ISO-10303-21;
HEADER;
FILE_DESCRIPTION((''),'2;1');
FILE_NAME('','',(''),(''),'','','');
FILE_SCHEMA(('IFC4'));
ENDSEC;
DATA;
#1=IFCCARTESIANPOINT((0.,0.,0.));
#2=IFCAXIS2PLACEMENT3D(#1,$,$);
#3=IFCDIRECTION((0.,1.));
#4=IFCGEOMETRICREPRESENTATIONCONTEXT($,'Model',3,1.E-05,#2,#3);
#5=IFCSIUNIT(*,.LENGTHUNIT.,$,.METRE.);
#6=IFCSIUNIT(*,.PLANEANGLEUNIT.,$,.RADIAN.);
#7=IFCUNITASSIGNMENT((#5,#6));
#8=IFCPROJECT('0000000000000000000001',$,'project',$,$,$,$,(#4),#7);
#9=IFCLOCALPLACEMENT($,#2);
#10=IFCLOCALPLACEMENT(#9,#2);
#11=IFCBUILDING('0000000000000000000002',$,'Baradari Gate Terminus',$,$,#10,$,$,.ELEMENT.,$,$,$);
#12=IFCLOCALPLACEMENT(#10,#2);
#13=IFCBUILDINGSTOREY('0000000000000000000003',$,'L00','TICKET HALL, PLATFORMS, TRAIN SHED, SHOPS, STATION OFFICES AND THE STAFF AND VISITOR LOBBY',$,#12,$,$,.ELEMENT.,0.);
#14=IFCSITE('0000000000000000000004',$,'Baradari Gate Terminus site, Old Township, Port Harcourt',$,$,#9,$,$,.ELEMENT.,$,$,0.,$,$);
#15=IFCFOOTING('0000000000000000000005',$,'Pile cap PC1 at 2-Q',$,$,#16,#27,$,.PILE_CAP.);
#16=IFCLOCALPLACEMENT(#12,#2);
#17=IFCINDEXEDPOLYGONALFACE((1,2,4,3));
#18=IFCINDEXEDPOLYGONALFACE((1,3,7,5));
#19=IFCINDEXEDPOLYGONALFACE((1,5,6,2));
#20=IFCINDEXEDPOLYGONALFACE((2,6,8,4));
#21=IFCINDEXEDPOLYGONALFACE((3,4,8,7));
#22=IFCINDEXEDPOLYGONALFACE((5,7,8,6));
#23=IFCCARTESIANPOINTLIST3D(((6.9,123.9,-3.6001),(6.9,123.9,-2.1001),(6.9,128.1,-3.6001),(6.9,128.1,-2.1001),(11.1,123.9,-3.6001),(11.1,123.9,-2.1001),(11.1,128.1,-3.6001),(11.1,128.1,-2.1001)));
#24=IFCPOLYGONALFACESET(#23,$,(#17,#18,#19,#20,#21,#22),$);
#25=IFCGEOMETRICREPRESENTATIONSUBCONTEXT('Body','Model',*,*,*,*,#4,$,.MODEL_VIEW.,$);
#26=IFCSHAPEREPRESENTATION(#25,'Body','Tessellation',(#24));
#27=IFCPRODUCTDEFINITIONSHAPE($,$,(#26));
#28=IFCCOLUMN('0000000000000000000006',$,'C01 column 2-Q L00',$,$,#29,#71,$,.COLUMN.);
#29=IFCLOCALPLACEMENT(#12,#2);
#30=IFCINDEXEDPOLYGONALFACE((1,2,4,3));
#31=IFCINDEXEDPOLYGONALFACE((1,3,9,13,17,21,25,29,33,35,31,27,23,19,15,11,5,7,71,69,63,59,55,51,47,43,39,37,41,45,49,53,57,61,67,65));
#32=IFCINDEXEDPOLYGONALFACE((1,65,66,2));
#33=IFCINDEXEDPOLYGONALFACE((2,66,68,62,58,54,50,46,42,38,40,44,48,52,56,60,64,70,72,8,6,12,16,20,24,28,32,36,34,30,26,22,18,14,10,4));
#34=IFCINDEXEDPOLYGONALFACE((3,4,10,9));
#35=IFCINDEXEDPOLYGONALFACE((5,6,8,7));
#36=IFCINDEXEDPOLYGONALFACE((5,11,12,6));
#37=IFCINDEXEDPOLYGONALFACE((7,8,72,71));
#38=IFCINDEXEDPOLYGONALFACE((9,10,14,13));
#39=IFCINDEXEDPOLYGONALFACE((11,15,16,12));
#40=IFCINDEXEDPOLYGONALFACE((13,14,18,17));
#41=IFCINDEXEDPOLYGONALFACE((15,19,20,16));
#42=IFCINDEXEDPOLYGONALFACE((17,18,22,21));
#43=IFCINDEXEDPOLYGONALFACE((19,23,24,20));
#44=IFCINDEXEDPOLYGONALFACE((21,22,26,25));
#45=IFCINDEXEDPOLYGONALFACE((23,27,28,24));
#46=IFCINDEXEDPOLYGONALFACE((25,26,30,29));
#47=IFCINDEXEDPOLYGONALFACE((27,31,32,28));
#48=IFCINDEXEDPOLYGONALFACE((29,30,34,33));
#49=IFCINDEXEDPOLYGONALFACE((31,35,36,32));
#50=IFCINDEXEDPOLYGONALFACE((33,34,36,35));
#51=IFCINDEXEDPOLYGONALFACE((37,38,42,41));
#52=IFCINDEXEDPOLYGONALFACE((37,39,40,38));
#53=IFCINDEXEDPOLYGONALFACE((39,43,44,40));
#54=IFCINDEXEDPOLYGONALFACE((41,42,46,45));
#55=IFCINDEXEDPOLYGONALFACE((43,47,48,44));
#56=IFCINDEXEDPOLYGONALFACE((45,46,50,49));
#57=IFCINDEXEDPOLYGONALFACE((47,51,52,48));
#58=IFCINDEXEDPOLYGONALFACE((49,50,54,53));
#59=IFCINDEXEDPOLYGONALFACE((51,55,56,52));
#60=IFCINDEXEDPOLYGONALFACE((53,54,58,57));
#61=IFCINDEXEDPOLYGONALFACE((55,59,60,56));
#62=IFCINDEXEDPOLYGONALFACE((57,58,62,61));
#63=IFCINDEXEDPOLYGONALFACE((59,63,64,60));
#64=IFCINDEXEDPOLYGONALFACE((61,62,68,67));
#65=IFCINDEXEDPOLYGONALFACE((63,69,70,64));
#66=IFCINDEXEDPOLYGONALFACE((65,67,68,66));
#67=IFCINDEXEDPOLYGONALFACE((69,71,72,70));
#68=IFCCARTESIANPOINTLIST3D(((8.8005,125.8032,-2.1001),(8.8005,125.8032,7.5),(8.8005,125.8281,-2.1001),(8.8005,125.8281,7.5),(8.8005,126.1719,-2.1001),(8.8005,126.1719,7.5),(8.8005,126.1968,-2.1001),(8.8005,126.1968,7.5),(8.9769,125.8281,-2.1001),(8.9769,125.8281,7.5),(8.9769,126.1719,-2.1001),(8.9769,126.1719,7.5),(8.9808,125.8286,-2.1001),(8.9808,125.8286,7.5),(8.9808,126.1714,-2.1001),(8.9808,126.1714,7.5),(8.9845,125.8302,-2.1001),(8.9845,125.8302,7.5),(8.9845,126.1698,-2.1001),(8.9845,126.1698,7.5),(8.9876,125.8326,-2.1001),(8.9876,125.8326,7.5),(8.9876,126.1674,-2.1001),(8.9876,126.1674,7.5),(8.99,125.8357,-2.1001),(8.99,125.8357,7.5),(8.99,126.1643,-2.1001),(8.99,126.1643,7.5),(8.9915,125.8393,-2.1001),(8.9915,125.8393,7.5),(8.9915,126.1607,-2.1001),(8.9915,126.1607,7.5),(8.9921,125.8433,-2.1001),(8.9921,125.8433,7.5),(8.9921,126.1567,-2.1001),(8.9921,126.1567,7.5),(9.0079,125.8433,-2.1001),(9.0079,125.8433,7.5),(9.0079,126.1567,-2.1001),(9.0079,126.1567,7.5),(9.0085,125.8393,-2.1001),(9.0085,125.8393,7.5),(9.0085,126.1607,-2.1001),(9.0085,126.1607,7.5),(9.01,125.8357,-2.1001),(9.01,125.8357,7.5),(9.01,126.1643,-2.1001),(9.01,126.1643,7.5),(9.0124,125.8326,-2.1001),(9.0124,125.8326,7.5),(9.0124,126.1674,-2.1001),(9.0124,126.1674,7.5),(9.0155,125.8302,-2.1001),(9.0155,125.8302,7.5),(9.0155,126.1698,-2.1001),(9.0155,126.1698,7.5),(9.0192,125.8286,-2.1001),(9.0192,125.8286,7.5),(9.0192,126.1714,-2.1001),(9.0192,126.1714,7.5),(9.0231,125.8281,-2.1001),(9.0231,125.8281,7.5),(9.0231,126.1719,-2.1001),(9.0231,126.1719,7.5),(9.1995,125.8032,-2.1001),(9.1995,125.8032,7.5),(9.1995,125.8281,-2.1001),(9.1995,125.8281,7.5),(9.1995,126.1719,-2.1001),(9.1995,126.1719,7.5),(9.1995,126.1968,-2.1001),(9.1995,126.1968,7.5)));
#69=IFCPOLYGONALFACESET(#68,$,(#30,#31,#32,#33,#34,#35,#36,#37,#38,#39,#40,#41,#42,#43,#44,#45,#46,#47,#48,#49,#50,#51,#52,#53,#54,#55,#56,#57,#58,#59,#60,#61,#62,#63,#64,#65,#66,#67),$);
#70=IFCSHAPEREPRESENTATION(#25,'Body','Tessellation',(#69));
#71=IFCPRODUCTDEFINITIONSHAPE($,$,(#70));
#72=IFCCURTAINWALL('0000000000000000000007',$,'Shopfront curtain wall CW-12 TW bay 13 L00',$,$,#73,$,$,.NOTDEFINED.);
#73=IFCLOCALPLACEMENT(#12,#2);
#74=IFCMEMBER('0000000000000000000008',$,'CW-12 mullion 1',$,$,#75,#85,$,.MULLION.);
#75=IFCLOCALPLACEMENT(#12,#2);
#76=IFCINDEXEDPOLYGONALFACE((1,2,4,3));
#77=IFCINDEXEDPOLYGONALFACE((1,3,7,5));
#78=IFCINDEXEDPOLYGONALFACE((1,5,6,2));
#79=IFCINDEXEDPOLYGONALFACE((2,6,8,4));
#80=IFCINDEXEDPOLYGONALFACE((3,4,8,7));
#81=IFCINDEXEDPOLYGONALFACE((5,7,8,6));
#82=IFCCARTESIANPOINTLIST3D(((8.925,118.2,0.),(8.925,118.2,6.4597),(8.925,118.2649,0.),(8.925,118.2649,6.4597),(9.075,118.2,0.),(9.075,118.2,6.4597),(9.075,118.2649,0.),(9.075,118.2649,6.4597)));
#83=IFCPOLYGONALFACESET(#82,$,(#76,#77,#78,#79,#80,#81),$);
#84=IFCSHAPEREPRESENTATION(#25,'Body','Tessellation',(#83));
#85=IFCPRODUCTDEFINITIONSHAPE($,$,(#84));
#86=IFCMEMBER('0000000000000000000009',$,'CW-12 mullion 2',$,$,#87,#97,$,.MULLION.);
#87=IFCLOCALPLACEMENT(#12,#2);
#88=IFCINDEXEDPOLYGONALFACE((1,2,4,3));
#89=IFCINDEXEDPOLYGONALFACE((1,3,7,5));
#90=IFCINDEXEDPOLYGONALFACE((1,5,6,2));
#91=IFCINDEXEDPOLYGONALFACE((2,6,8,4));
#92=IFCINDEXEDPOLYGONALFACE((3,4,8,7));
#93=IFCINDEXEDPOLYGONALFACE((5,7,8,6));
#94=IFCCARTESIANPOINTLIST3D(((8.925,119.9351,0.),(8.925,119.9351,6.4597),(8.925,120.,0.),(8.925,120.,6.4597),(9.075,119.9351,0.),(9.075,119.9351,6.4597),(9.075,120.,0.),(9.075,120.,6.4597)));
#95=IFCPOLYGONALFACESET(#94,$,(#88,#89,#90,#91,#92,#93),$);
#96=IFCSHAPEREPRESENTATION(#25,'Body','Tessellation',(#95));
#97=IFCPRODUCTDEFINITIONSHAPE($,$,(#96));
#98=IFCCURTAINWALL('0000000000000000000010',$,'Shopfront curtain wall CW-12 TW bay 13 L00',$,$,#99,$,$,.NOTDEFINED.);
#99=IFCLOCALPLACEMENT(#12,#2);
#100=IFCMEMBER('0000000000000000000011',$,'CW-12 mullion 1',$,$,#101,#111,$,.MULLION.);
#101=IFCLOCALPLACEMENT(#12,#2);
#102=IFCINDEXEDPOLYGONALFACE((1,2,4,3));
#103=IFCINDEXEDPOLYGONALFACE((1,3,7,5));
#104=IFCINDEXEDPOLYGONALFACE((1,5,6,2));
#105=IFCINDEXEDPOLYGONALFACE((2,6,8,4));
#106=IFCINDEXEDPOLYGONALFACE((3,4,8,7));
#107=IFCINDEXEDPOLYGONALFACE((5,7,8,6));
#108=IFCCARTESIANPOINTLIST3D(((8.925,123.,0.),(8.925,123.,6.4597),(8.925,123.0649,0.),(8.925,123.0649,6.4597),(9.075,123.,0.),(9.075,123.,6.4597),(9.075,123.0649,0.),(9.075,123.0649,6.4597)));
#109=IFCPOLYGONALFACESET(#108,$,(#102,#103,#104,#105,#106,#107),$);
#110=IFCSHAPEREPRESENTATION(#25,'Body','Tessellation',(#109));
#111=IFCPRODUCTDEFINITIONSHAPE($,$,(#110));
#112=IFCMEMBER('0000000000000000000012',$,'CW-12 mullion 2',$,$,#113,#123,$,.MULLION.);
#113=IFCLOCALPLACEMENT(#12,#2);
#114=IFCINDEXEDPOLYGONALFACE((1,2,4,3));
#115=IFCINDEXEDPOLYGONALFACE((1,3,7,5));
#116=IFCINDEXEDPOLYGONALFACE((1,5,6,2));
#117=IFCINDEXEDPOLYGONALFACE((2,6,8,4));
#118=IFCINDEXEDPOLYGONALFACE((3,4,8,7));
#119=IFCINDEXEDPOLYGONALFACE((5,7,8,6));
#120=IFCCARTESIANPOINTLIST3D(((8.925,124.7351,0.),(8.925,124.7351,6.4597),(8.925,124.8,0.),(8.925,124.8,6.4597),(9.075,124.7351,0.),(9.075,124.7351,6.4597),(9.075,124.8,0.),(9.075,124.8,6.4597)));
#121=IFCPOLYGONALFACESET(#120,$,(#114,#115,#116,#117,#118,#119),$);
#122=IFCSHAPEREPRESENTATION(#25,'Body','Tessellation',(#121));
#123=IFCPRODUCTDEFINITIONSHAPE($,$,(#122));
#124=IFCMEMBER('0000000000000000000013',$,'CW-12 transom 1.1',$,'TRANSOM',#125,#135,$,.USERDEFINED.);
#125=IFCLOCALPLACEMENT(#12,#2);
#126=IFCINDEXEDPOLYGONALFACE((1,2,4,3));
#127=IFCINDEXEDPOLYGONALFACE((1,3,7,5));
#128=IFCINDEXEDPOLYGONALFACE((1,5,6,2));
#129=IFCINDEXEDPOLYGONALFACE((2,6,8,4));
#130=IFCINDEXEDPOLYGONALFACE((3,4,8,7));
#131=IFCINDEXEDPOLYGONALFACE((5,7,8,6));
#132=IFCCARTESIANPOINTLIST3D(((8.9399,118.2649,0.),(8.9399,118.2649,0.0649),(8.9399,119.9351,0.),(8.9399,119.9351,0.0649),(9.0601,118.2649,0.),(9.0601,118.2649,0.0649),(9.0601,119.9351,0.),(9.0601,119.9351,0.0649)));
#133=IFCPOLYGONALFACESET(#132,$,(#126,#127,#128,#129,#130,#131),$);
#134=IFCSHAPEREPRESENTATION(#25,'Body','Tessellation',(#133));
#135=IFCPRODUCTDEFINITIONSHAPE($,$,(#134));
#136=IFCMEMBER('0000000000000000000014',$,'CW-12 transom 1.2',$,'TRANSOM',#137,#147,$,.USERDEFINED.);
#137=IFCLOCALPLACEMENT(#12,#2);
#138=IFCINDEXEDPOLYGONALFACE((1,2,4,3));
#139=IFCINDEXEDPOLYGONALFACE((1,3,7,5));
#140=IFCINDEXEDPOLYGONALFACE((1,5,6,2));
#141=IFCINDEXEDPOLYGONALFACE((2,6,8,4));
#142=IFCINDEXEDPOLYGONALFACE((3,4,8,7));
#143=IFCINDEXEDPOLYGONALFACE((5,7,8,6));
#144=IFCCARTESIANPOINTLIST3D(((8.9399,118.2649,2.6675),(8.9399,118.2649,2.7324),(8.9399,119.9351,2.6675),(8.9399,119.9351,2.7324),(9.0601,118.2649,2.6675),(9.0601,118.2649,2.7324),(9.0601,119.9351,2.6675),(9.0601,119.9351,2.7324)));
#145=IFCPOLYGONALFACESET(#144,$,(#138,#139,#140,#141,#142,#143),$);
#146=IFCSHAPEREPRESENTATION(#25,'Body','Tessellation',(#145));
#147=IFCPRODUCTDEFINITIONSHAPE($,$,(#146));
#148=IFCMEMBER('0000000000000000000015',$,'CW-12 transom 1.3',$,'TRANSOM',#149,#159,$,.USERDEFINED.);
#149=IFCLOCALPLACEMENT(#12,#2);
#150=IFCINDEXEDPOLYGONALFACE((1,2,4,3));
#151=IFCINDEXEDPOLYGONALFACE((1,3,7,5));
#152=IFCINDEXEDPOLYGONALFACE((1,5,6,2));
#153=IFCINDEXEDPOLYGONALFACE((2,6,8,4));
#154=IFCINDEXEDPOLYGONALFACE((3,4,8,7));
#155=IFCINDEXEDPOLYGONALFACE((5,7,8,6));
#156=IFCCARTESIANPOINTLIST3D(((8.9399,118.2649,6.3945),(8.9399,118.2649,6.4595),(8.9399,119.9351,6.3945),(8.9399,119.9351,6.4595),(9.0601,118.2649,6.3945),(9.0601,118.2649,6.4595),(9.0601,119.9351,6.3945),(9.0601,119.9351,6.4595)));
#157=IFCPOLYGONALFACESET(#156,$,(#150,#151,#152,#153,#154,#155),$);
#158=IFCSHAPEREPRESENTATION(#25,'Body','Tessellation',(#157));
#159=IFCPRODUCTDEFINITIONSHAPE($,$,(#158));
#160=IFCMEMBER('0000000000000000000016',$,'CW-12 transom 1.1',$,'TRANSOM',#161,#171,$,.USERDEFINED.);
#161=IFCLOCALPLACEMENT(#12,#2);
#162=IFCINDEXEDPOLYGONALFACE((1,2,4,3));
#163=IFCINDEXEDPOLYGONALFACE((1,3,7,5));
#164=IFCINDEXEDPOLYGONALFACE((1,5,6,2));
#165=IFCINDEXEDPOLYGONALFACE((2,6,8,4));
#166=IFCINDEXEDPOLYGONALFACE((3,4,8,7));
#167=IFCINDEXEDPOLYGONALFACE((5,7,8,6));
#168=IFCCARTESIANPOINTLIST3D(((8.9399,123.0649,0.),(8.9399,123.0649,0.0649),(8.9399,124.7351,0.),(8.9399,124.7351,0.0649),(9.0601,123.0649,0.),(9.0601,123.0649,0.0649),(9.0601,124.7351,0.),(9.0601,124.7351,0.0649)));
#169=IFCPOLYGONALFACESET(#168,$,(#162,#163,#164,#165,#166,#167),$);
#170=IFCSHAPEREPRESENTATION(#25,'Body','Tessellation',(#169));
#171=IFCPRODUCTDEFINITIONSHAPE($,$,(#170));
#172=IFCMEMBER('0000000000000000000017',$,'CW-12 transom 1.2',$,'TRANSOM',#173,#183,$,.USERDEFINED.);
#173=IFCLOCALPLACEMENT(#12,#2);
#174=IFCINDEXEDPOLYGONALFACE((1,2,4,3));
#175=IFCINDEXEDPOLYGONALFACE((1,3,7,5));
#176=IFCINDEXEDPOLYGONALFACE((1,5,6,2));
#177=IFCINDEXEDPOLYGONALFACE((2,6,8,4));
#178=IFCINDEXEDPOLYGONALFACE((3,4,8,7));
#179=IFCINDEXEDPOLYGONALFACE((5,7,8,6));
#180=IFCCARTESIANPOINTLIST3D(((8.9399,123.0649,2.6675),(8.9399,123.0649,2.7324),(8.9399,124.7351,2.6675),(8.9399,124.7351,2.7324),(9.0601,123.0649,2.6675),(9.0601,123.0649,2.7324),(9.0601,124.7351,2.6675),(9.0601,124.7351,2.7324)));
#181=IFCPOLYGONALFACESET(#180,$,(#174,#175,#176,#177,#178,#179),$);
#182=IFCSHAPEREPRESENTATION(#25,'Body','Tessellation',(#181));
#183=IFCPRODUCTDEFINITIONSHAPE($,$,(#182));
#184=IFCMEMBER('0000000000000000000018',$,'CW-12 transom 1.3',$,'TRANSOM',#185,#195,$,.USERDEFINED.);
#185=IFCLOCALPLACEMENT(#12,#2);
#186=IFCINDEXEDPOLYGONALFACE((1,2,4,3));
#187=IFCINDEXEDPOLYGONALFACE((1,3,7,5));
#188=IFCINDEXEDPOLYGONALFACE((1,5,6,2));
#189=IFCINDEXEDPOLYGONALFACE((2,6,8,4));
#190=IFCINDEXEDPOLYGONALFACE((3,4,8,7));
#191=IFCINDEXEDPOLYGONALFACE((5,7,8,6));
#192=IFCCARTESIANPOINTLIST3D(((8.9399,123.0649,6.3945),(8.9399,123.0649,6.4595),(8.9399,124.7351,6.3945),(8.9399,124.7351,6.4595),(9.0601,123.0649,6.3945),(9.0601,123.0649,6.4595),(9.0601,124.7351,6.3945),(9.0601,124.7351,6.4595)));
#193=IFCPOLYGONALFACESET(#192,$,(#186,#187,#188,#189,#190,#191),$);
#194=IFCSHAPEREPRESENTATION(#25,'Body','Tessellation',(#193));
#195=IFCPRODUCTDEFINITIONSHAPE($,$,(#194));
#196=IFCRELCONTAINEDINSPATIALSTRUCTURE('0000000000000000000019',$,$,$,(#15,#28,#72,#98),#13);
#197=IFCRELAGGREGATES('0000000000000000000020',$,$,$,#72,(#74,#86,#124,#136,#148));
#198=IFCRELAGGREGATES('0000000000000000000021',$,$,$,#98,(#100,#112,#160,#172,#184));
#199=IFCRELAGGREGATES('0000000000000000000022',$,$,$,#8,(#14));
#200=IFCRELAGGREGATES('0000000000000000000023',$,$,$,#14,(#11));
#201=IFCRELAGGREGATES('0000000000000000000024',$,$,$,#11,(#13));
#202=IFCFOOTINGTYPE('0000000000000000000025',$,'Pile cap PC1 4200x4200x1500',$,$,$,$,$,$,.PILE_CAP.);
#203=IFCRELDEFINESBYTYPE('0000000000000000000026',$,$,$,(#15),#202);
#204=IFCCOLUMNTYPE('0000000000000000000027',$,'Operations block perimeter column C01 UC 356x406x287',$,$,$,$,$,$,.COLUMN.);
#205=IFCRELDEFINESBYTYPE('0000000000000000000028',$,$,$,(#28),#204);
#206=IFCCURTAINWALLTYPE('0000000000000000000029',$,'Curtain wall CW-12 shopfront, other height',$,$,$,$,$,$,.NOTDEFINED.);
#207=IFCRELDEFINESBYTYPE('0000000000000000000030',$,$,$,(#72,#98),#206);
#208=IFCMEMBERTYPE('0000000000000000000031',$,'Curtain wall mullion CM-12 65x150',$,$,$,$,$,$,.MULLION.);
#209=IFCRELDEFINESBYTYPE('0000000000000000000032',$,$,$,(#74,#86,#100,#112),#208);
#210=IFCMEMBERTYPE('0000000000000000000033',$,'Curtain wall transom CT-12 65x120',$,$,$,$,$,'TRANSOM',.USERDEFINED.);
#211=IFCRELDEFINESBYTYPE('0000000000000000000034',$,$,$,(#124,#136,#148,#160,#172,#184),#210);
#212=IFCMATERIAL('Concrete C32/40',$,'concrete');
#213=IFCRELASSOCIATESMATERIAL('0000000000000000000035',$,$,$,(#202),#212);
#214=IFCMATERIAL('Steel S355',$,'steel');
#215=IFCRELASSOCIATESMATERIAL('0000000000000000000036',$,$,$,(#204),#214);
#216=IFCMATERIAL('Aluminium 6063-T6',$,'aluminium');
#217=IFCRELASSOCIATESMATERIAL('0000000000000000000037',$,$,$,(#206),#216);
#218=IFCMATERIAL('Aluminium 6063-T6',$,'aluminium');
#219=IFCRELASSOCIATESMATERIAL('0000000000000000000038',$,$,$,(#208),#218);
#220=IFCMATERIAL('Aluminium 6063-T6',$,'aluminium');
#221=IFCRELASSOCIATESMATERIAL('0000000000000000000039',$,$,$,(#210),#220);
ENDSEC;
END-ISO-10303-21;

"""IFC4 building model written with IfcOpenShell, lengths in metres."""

from ifc_helpers import new_model, si_unit, direction, frame, origin, origin_2d, place, context, subcontext, project, spatial, rectangle, i_section, extrude, material, material_profile, profile_set, type_object, element, aggregate, save


model = new_model("IFC4")

# Units and contexts
model_context = context("Model", 3, precision=1e-05, world=origin(), true_north=direction((0.0, 1.0)))
body_context = subcontext(model_context, "Body", "Model", "MODEL_VIEW")
ifc_project = project(units=[si_unit("LENGTHUNIT", "METRE"), si_unit("PLANEANGLEUNIT", "RADIAN")], contexts=[model_context])

# Site, building, storey
site_placement = place(None, origin())
site = spatial("IfcSite", under=ifc_project, at=site_placement, Name="Baradari Gate Terminus site, Old Township, Port Harcourt", CompositionType="ELEMENT", RefElevation=0.0)
building_placement = place(site_placement, origin())
building = spatial("IfcBuilding", under=site, at=building_placement, Name="Baradari Gate Terminus", CompositionType="ELEMENT")
storey_placement = place(building_placement, origin())
storey = spatial("IfcBuildingStorey", under=building, at=storey_placement, Name="L00", Description="TICKET HALL, PLATFORMS, TRAIN SHED, SHOPS, STATION OFFICES AND THE STAFF AND VISITOR LOBBY", CompositionType="ELEMENT", Elevation=0.0)

# Footing
ifc_material_1 = material(Name="Concrete C32/40", Category="concrete")
footing_type_1 = type_object("IfcFootingType", Name="Pile cap PC1 4200x4200x1500", PredefinedType="PILE_CAP", material=ifc_material_1)
footing_1_placement = place(storey_placement, frame((9.0, 126.0, -3.6001), z_axis=(0.0, 0.0, 1.0), x_axis=(1.0, 0.0, 0.0)))
element("IfcFooting", 1, at=footing_1_placement, inside=storey, type_object=footing_type_1, Name="Pile cap PC1 at 2-Q", PredefinedType="PILE_CAP", context=body_context, shape_type="SweptSolid", body=[
    extrude(rectangle(XDim=4.2, YDim=4.2, at=origin_2d()), origin(), (0.0, 0.0, 1.0), 1.5),
])

# Column
ifc_material_2 = material(Name="Steel S355", Category="steel")
ifc_material_profile_1 = material_profile(ifc_material_2, i_section(OverallWidth=0.3989, OverallDepth=0.3936, WebThickness=0.0159, FlangeThickness=0.0249, FilletRadius=0.0151, at=origin_2d()), Name="UC 356x406x287")
ifc_profile_set_1 = profile_set([ifc_material_profile_1], Name="Steel S355")
column_type = type_object("IfcColumnType", Name="Operations block perimeter column C01 UC 356x406x287", PredefinedType="COLUMN", material=ifc_profile_set_1)
column_placement = place(storey_placement, frame((9.0, 126.0, -2.1001), z_axis=(0.0, 0.0, 1.0), x_axis=(1.0, 0.0, 0.0)))
element("IfcColumn", 2, at=column_placement, inside=storey, type_object=column_type, Name="C01 column 2-Q L00", PredefinedType="COLUMN", context=body_context, shape_type="SweptSolid", body=[
    extrude(i_section(OverallWidth=0.3989, OverallDepth=0.3936, WebThickness=0.0159, FlangeThickness=0.0249, FilletRadius=0.0151, at=origin_2d()), origin(), (0.0, 0.0, 1.0), 9.6001),
])

# Curtain walls, members
ifc_material_3 = material(Name="Aluminium 6063-T6", Category="aluminium")
curtain_wall_type = type_object("IfcCurtainWallType", Name="Curtain wall CW-12 shopfront, other height", PredefinedType="NOTDEFINED", material=ifc_material_3)
curtain_wall_1_placement = place(storey_placement, origin())
curtain_wall_1 = element("IfcCurtainWall", 3, at=curtain_wall_1_placement, inside=storey, type_object=curtain_wall_type, Name="Shopfront curtain wall CW-12 TW bay 13 L00", PredefinedType="NOTDEFINED")
ifc_material_4 = material(Name="Aluminium 6063-T6", Category="aluminium")
ifc_material_profile_2 = material_profile(ifc_material_4, rectangle(XDim=0.1499, YDim=0.0649, at=origin_2d()), Name="CM-12 65X150")
ifc_profile_set_2 = profile_set([ifc_material_profile_2], Name="Aluminium 6063-T6")
member_type_1 = type_object("IfcMemberType", Name="Curtain wall mullion CM-12 65x150", PredefinedType="MULLION", material=ifc_profile_set_2)
member_1_placement = place(storey_placement, frame((9.0, 118.2324, 0.0), z_axis=(0.0, 0.0, 1.0), x_axis=(-1.0, 0.0, 0.0)))
member_1 = element("IfcMember", 4, at=member_1_placement, type_object=member_type_1, Name="CW-12 mullion 1", PredefinedType="MULLION", context=body_context, shape_type="SweptSolid", body=[
    extrude(rectangle(XDim=0.1499, YDim=0.0649, at=origin_2d()), origin(), (0.0, 0.0, 1.0), 6.4597),
])
member_2_placement = place(storey_placement, frame((9.0, 119.9675, 0.0), z_axis=(0.0, 0.0, 1.0), x_axis=(-1.0, 0.0, 0.0)))
member_2 = element("IfcMember", 5, at=member_2_placement, type_object=member_type_1, Name="CW-12 mullion 2", PredefinedType="MULLION", context=body_context, shape_type="SweptSolid", body=[
    extrude(rectangle(XDim=0.1499, YDim=0.0649, at=origin_2d()), origin(), (0.0, 0.0, 1.0), 6.4597),
])
curtain_wall_2_placement = place(storey_placement, origin())
curtain_wall_2 = element("IfcCurtainWall", 6, at=curtain_wall_2_placement, inside=storey, type_object=curtain_wall_type, Name="Shopfront curtain wall CW-12 TW bay 13 L00", PredefinedType="NOTDEFINED")
member_3_placement = place(storey_placement, frame((9.0, 123.0325, 0.0), z_axis=(0.0, 0.0, 1.0), x_axis=(-1.0, 0.0, 0.0)))
member_3 = element("IfcMember", 7, at=member_3_placement, type_object=member_type_1, Name="CW-12 mullion 1", PredefinedType="MULLION", context=body_context, shape_type="SweptSolid", body=[
    extrude(rectangle(XDim=0.1499, YDim=0.0649, at=origin_2d()), origin(), (0.0, 0.0, 1.0), 6.4597),
])
member_4_placement = place(storey_placement, frame((9.0, 124.7676, 0.0), z_axis=(0.0, 0.0, 1.0), x_axis=(-1.0, 0.0, 0.0)))
member_4 = element("IfcMember", 8, at=member_4_placement, type_object=member_type_1, Name="CW-12 mullion 2", PredefinedType="MULLION", context=body_context, shape_type="SweptSolid", body=[
    extrude(rectangle(XDim=0.1499, YDim=0.0649, at=origin_2d()), origin(), (0.0, 0.0, 1.0), 6.4597),
])

# Members
ifc_material_5 = material(Name="Aluminium 6063-T6", Category="aluminium")
ifc_material_profile_3 = material_profile(ifc_material_5, rectangle(XDim=0.1201, YDim=0.0649, at=origin_2d()), Name="CT-12 65X120")
ifc_profile_set_3 = profile_set([ifc_material_profile_3], Name="Aluminium 6063-T6")
member_type_2 = type_object("IfcMemberType", Name="Curtain wall transom CT-12 65x120", ElementType="TRANSOM", PredefinedType="USERDEFINED", material=ifc_profile_set_3)
member_5_placement = place(storey_placement, frame((9.0, 118.2649, 0.0325), z_axis=(0.0, 1.0, 0.0), x_axis=(-1.0, 0.0, 0.0)))
member_5 = element("IfcMember", 9, at=member_5_placement, type_object=member_type_2, Name="CW-12 transom 1.1", ObjectType="TRANSOM", PredefinedType="USERDEFINED", context=body_context, shape_type="SweptSolid", body=[
    extrude(rectangle(XDim=0.1201, YDim=0.0649, at=origin_2d()), origin(), (0.0, 0.0, 1.0), 1.6702),
])
member_6_placement = place(storey_placement, frame((9.0, 118.2649, 2.7), z_axis=(0.0, 1.0, 0.0), x_axis=(-1.0, 0.0, 0.0)))
member_6 = element("IfcMember", 10, at=member_6_placement, type_object=member_type_2, Name="CW-12 transom 1.2", ObjectType="TRANSOM", PredefinedType="USERDEFINED", context=body_context, shape_type="SweptSolid", body=[
    extrude(rectangle(XDim=0.1201, YDim=0.0649, at=origin_2d()), origin(), (0.0, 0.0, 1.0), 1.6702),
])
member_7_placement = place(storey_placement, frame((9.0, 118.2649, 6.427), z_axis=(0.0, 1.0, 0.0), x_axis=(-1.0, 0.0, 0.0)))
member_7 = element("IfcMember", 11, at=member_7_placement, type_object=member_type_2, Name="CW-12 transom 1.3", ObjectType="TRANSOM", PredefinedType="USERDEFINED", context=body_context, shape_type="SweptSolid", body=[
    extrude(rectangle(XDim=0.1201, YDim=0.0649, at=origin_2d()), origin(), (0.0, 0.0, 1.0), 1.6702),
])
member_8_placement = place(storey_placement, frame((9.0, 123.0649, 0.0325), z_axis=(0.0, 1.0, 0.0), x_axis=(-1.0, 0.0, 0.0)))
member_8 = element("IfcMember", 12, at=member_8_placement, type_object=member_type_2, Name="CW-12 transom 1.1", ObjectType="TRANSOM", PredefinedType="USERDEFINED", context=body_context, shape_type="SweptSolid", body=[
    extrude(rectangle(XDim=0.1201, YDim=0.0649, at=origin_2d()), origin(), (0.0, 0.0, 1.0), 1.6702),
])
member_9_placement = place(storey_placement, frame((9.0, 123.0649, 2.7), z_axis=(0.0, 1.0, 0.0), x_axis=(-1.0, 0.0, 0.0)))
member_9 = element("IfcMember", 13, at=member_9_placement, type_object=member_type_2, Name="CW-12 transom 1.2", ObjectType="TRANSOM", PredefinedType="USERDEFINED", context=body_context, shape_type="SweptSolid", body=[
    extrude(rectangle(XDim=0.1201, YDim=0.0649, at=origin_2d()), origin(), (0.0, 0.0, 1.0), 1.6702),
])
member_10_placement = place(storey_placement, frame((9.0, 123.0649, 6.427), z_axis=(0.0, 1.0, 0.0), x_axis=(-1.0, 0.0, 0.0)))
member_10 = element("IfcMember", 14, at=member_10_placement, type_object=member_type_2, Name="CW-12 transom 1.3", ObjectType="TRANSOM", PredefinedType="USERDEFINED", context=body_context, shape_type="SweptSolid", body=[
    extrude(rectangle(XDim=0.1201, YDim=0.0649, at=origin_2d()), origin(), (0.0, 0.0, 1.0), 1.6702),
])

aggregate(curtain_wall_1, [member_1, member_2, member_5, member_6, member_7])
aggregate(curtain_wall_2, [member_3, member_4, member_8, member_9, member_10])

save(model, "model.ifc")
